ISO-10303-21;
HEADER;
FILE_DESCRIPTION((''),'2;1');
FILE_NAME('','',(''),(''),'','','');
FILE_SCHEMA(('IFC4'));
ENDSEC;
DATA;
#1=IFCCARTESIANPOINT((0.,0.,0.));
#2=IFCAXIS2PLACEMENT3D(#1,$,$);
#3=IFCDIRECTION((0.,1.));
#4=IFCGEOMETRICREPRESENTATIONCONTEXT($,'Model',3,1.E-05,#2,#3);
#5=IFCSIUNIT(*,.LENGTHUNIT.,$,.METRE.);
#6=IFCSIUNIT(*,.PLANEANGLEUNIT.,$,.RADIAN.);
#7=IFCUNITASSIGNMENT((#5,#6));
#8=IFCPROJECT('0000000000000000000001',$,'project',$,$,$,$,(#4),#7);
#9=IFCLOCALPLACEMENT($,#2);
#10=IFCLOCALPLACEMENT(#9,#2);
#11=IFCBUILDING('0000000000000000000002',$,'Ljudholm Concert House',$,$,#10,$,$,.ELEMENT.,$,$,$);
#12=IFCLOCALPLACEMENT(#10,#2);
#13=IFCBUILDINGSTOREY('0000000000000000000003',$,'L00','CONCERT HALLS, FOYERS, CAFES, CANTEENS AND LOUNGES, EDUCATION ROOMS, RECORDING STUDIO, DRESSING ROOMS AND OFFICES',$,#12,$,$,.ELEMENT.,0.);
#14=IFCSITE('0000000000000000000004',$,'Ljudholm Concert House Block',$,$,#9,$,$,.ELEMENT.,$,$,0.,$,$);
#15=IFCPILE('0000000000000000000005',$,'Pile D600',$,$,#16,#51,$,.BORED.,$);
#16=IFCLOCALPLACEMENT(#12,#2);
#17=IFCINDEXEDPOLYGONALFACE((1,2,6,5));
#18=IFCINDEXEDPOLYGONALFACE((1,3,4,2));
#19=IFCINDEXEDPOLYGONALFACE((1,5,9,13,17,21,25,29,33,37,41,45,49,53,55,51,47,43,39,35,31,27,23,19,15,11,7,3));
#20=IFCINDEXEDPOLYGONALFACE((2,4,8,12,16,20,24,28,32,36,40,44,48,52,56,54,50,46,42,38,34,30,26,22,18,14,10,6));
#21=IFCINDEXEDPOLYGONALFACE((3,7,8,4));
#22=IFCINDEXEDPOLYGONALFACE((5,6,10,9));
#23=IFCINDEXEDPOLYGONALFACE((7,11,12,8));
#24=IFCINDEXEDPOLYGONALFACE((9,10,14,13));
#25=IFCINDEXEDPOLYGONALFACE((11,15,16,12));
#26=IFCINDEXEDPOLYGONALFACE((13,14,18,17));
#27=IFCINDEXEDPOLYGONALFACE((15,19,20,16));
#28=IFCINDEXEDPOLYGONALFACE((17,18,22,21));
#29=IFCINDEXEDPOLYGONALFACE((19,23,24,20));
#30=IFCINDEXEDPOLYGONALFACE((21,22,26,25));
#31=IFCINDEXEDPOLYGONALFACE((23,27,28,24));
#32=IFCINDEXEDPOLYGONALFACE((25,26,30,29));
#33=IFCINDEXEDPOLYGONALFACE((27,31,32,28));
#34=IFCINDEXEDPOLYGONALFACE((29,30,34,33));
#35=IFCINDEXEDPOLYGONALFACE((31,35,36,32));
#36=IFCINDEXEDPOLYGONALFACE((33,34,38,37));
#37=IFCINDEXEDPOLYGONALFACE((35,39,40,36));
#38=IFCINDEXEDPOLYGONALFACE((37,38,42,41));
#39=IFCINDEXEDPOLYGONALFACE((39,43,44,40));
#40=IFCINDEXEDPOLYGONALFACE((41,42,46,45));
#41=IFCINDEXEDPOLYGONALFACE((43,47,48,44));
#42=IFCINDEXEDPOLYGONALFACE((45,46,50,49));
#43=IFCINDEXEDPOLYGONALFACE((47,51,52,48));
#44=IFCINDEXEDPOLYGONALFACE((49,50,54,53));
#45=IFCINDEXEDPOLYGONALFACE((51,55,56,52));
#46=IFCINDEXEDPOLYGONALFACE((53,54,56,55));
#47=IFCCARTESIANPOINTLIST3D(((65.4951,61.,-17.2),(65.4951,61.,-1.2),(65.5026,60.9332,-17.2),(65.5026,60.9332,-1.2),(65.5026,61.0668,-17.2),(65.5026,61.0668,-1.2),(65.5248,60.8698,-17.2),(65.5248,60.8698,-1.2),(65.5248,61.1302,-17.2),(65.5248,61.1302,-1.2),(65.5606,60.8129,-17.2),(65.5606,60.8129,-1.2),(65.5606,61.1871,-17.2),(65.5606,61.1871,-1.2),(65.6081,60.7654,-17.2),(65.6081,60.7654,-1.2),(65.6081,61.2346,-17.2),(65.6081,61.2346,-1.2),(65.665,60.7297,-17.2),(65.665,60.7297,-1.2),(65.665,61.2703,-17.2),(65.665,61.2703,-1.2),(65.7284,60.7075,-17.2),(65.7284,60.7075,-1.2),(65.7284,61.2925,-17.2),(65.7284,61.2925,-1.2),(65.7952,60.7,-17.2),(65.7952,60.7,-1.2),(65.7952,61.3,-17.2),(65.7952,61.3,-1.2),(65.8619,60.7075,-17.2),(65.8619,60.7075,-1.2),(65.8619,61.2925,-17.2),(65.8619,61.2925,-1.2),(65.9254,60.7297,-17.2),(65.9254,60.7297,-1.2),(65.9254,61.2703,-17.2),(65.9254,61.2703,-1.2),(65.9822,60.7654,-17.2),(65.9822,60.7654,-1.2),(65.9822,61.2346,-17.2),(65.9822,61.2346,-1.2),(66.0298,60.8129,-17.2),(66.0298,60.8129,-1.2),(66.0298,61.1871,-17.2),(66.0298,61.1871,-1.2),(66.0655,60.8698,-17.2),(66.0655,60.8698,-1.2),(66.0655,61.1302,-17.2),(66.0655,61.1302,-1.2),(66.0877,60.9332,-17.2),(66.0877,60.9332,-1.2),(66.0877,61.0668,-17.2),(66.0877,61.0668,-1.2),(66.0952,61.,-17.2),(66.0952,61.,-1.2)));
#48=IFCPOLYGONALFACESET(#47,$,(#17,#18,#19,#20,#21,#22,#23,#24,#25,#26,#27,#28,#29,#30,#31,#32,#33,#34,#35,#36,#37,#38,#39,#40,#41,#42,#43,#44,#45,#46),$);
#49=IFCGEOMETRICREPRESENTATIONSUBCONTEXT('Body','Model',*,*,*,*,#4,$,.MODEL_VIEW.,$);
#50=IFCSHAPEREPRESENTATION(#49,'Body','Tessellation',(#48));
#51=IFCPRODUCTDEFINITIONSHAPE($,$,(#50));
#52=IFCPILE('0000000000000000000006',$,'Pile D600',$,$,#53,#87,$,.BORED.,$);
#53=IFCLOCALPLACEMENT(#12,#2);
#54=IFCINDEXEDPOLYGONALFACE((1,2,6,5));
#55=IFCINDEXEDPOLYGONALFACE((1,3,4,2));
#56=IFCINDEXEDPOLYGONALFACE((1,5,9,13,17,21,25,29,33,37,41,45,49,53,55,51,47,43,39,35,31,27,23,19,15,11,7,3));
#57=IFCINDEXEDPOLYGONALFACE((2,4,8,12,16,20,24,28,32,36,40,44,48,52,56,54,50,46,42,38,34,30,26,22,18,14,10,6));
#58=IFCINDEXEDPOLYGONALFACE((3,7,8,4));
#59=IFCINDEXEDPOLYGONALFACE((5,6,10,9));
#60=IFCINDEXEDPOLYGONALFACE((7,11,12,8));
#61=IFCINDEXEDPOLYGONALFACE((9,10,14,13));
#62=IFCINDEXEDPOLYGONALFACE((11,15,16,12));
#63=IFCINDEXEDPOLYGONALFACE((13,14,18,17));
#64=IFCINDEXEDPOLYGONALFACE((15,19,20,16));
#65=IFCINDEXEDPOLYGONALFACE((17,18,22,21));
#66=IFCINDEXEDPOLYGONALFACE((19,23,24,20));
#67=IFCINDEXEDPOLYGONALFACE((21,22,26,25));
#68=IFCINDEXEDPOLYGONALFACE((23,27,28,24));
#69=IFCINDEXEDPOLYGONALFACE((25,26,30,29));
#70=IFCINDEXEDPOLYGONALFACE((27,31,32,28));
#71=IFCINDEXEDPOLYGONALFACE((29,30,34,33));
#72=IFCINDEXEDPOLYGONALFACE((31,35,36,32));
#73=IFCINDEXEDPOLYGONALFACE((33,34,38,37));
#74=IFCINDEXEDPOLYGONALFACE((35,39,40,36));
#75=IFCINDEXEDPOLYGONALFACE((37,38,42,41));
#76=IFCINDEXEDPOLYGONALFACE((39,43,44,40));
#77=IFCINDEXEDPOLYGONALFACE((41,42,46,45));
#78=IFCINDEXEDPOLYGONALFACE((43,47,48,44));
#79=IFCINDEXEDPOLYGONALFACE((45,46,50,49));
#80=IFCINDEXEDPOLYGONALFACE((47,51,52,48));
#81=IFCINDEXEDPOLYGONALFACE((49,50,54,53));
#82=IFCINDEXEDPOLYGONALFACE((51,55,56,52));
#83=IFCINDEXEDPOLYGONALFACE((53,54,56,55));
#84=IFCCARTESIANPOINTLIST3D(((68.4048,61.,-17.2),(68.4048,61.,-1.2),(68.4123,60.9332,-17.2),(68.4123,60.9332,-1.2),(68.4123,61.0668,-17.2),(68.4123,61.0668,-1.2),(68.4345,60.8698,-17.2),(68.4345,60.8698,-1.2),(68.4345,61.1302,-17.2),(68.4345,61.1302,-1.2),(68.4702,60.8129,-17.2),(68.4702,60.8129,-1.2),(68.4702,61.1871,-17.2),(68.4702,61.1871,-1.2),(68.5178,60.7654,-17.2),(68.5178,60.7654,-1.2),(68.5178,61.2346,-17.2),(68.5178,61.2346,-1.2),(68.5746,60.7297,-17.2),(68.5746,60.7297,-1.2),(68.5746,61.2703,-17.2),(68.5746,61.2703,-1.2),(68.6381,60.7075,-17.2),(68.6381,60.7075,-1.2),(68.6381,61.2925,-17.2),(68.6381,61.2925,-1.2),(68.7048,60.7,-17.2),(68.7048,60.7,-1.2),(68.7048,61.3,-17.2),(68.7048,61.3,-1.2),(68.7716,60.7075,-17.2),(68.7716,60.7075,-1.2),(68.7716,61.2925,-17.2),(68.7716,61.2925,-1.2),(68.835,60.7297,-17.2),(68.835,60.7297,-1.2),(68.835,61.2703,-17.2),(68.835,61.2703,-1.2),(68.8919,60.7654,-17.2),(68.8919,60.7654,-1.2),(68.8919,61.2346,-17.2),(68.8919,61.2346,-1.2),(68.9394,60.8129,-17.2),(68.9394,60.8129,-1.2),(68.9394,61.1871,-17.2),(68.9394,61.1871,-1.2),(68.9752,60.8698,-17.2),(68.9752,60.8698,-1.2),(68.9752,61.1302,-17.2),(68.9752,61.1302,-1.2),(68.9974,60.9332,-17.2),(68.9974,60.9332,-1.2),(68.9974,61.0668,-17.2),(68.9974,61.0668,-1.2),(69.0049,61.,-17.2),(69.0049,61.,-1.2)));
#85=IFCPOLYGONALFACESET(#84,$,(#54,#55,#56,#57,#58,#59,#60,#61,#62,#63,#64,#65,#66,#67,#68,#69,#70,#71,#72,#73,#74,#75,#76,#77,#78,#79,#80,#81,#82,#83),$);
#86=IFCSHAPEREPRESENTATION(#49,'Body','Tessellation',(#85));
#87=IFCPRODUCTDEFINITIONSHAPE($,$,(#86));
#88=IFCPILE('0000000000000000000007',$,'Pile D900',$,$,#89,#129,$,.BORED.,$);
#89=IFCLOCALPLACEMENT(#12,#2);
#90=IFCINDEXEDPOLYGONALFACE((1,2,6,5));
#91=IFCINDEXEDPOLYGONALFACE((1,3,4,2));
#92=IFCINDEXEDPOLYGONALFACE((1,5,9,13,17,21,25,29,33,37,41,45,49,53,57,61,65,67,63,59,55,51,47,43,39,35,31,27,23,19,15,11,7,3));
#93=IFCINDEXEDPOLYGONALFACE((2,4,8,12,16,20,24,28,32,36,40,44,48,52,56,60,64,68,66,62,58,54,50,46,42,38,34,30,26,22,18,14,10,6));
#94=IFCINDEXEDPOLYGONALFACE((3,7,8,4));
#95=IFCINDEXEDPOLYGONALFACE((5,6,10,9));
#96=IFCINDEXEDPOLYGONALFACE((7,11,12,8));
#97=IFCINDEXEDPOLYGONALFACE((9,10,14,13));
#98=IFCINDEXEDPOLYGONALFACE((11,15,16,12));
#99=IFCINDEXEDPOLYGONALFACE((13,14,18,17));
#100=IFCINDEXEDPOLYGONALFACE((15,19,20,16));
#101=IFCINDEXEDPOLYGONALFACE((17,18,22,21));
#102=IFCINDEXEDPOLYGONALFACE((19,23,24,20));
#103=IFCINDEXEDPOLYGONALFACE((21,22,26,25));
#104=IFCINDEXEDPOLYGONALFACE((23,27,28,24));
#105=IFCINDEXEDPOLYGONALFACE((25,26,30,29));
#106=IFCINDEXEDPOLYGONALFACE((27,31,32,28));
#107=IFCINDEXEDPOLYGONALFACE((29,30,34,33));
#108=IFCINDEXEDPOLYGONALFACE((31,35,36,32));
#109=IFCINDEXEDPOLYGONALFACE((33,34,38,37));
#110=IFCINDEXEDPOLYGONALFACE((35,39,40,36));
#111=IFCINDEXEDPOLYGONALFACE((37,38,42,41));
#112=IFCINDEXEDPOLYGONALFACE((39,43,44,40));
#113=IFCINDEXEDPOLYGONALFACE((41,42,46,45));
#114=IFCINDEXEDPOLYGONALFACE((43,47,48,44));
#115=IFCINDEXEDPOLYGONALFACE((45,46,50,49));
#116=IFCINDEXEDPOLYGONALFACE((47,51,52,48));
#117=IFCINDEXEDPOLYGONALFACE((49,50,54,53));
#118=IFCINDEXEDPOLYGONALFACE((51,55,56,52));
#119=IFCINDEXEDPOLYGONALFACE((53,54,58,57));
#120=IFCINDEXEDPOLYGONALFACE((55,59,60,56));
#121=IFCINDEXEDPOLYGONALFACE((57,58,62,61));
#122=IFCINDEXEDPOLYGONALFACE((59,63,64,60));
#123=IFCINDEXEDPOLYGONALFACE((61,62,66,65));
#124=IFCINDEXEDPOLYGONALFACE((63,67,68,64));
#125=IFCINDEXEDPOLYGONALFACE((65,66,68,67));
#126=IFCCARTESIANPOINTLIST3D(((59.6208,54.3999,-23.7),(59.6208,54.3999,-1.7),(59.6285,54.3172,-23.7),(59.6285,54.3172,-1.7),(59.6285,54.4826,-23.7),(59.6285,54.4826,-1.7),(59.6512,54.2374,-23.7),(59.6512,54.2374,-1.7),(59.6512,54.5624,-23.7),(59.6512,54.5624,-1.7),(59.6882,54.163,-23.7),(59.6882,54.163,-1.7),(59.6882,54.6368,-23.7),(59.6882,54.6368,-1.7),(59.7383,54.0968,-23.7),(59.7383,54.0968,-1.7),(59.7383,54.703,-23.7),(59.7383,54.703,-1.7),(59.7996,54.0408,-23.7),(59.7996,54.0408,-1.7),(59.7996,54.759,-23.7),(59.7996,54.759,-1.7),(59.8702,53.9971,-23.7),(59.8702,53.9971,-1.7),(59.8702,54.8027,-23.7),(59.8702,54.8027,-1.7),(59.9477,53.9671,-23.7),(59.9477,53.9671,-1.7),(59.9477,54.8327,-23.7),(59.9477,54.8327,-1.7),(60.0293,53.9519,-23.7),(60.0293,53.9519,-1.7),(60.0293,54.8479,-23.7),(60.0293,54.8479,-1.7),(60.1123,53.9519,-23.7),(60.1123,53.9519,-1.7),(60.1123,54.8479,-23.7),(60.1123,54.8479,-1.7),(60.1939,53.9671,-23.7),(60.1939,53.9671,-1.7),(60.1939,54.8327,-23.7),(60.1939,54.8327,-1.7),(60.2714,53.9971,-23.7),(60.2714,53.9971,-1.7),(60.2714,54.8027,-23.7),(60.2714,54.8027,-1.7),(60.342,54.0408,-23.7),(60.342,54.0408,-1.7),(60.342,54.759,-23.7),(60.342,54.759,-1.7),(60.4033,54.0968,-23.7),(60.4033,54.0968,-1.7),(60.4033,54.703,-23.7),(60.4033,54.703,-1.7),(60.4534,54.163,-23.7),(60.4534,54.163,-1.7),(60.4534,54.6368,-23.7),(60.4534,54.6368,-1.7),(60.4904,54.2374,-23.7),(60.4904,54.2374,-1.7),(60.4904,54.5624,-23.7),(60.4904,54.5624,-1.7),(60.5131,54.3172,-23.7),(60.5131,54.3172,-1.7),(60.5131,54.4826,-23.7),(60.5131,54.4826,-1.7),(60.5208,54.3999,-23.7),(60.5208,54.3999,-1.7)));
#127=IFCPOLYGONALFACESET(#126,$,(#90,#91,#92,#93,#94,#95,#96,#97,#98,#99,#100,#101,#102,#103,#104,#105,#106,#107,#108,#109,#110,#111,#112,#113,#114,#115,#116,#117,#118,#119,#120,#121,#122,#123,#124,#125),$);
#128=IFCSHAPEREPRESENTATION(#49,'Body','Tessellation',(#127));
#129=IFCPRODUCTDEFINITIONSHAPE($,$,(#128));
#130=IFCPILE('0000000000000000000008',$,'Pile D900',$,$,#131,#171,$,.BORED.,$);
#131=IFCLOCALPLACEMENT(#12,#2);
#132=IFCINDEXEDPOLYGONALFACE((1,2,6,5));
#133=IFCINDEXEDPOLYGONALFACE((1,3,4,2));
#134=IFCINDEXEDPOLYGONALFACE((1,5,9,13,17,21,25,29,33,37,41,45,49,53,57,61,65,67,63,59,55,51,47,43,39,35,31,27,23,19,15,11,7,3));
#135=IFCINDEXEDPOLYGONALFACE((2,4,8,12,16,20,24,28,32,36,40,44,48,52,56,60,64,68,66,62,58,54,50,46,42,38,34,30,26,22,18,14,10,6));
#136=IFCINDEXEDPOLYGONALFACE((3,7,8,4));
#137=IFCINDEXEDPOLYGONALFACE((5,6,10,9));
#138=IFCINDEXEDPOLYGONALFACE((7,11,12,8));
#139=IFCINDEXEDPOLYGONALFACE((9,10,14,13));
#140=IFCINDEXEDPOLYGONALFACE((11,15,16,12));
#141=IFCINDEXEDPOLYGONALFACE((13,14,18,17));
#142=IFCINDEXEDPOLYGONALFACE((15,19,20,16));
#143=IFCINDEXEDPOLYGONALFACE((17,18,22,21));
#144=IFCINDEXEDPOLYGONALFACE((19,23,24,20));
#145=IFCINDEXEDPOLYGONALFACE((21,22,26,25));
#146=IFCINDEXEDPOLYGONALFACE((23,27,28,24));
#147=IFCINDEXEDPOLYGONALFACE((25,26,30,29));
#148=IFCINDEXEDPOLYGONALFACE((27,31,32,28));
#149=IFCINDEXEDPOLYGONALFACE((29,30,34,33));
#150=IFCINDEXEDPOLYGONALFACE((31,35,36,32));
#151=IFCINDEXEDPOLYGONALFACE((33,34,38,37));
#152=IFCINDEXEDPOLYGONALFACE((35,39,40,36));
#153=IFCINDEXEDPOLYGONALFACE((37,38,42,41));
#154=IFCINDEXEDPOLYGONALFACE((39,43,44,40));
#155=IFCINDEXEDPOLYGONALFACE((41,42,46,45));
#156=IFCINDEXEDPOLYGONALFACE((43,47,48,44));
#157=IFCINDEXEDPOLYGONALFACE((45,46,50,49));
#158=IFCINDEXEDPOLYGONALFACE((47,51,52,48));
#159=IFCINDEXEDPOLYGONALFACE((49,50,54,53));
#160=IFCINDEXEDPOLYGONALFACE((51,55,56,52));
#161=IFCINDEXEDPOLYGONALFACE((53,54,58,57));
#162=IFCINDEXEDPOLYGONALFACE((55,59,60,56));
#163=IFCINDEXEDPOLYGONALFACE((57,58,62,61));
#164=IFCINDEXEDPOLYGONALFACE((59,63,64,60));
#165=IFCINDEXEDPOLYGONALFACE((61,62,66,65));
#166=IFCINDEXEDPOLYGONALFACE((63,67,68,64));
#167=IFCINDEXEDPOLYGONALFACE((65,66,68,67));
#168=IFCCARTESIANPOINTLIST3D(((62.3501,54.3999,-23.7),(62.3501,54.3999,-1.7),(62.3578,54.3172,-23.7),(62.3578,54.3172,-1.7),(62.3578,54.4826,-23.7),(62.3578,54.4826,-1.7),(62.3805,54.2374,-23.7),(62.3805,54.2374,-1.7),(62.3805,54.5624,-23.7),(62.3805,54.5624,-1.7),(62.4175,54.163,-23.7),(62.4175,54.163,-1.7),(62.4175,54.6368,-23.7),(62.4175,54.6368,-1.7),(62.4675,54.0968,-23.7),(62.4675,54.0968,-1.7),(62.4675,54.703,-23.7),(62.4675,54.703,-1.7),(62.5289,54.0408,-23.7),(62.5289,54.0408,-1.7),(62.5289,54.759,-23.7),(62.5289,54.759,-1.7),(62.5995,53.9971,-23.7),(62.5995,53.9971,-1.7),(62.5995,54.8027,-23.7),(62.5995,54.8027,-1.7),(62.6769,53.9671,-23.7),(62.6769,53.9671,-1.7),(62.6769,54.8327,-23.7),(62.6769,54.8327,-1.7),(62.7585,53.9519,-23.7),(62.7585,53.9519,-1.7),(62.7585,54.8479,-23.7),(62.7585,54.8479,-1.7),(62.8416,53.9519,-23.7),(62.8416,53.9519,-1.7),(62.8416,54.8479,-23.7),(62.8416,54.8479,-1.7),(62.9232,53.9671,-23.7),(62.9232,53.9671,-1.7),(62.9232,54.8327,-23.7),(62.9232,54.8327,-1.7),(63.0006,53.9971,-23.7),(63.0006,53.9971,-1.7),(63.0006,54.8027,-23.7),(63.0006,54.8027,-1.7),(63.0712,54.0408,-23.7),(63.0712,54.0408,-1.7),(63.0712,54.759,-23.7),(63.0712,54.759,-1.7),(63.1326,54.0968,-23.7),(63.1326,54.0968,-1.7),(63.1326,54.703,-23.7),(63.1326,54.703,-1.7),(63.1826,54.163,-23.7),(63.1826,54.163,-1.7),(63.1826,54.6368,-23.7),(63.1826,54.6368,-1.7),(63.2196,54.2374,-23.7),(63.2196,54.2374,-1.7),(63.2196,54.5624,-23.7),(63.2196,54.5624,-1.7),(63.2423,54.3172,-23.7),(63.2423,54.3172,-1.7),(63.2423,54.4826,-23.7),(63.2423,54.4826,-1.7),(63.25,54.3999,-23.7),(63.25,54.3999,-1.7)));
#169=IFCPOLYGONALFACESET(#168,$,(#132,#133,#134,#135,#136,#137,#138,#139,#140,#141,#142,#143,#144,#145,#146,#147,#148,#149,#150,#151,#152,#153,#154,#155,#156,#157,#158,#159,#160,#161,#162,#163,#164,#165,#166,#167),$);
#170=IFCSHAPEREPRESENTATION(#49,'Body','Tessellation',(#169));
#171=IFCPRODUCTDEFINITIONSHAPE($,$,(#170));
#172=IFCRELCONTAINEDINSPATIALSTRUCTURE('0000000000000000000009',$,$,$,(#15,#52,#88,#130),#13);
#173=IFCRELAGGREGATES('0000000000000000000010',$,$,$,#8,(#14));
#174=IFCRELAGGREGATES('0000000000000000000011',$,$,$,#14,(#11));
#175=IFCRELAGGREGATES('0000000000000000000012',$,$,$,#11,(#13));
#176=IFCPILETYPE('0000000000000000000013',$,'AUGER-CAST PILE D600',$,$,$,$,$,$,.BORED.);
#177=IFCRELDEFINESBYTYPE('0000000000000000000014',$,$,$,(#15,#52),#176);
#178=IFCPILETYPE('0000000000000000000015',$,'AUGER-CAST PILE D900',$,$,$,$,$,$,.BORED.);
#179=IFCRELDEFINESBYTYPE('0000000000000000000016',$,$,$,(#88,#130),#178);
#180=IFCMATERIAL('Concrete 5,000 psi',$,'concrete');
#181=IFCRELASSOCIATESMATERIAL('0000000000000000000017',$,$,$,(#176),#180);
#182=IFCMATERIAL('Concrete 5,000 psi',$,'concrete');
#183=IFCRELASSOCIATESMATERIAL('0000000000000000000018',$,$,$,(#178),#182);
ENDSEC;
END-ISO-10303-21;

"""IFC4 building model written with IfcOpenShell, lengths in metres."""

from ifc_helpers import new_model, si_unit, direction, frame, origin, origin_2d, place, context, subcontext, project, spatial, circle, extrude, material, material_profile, profile_set, type_object, element, save


model = new_model("IFC4")

# Units and contexts
model_context = context("Model", 3, precision=1e-05, world=origin(), true_north=direction((0.0, 1.0)))
body_context = subcontext(model_context, "Body", "Model", "MODEL_VIEW")
ifc_project = project(units=[si_unit("LENGTHUNIT", "METRE"), si_unit("PLANEANGLEUNIT", "RADIAN")], contexts=[model_context])

# Site, building, storey
site_placement = place(None, origin())
site = spatial("IfcSite", under=ifc_project, at=site_placement, Name="Ljudholm Concert House Block", CompositionType="ELEMENT", RefElevation=0.0)
building_placement = place(site_placement, origin())
building = spatial("IfcBuilding", under=site, at=building_placement, Name="Ljudholm Concert House", CompositionType="ELEMENT")
storey_placement = place(building_placement, origin())
storey = spatial("IfcBuildingStorey", under=building, at=storey_placement, Name="L00", Description="CONCERT HALLS, FOYERS, CAFES, CANTEENS AND LOUNGES, EDUCATION ROOMS, RECORDING STUDIO, DRESSING ROOMS AND OFFICES", CompositionType="ELEMENT", Elevation=0.0)

# Piles
ifc_material_1 = material(Name="Concrete 5,000 psi", Category="concrete")
ifc_material_profile_1 = material_profile(ifc_material_1, circle(Radius=0.3, at=origin_2d()), Name="AUGER-CAST PILE D600")
ifc_profile_set_1 = profile_set([ifc_material_profile_1], Name="Concrete 5,000 psi")
pile_type_1 = type_object("IfcPileType", Name="AUGER-CAST PILE D600", PredefinedType="BORED", material=ifc_profile_set_1)
for number, where, z_axis, x_axis, name in (
    (1, (65.7952, 61.0, -1.2), (0.0, 0.0, -1.0), (1.0, 0.0, 0.0), "Pile D600"),
    (2, (68.7048, 61.0, -1.2), (0.0, 0.0, -1.0), (1.0, 0.0, 0.0), "Pile D600"),
):
    element("IfcPile", number, at=place(storey_placement, frame(where, z_axis=z_axis, x_axis=x_axis)), inside=storey, type_object=pile_type_1, Name=name, PredefinedType="BORED", context=body_context, shape_type="SweptSolid", body=[
        extrude(circle(Radius=0.3, at=origin_2d()), origin(), (0.0, 0.0, 1.0), 16.0),
    ])
ifc_material_2 = material(Name="Concrete 5,000 psi", Category="concrete")
ifc_material_profile_2 = material_profile(ifc_material_2, circle(Radius=0.45, at=origin_2d()), Name="AUGER-CAST PILE D900")
ifc_profile_set_2 = profile_set([ifc_material_profile_2], Name="Concrete 5,000 psi")
pile_type_2 = type_object("IfcPileType", Name="AUGER-CAST PILE D900", PredefinedType="BORED", material=ifc_profile_set_2)
for number, where, z_axis, x_axis, name in (
    (3, (60.0708, 54.3999, -1.7), (0.0, 0.0, -1.0), (1.0, 0.0, 0.0), "Pile D900"),
    (4, (62.8, 54.3999, -1.7), (0.0, 0.0, -1.0), (1.0, 0.0, 0.0), "Pile D900"),
):
    element("IfcPile", number, at=place(storey_placement, frame(where, z_axis=z_axis, x_axis=x_axis)), inside=storey, type_object=pile_type_2, Name=name, PredefinedType="BORED", context=body_context, shape_type="SweptSolid", body=[
        extrude(circle(Radius=0.45, at=origin_2d()), origin(), (0.0, 0.0, 1.0), 22.0),
    ])

save(model, "model.ifc")
